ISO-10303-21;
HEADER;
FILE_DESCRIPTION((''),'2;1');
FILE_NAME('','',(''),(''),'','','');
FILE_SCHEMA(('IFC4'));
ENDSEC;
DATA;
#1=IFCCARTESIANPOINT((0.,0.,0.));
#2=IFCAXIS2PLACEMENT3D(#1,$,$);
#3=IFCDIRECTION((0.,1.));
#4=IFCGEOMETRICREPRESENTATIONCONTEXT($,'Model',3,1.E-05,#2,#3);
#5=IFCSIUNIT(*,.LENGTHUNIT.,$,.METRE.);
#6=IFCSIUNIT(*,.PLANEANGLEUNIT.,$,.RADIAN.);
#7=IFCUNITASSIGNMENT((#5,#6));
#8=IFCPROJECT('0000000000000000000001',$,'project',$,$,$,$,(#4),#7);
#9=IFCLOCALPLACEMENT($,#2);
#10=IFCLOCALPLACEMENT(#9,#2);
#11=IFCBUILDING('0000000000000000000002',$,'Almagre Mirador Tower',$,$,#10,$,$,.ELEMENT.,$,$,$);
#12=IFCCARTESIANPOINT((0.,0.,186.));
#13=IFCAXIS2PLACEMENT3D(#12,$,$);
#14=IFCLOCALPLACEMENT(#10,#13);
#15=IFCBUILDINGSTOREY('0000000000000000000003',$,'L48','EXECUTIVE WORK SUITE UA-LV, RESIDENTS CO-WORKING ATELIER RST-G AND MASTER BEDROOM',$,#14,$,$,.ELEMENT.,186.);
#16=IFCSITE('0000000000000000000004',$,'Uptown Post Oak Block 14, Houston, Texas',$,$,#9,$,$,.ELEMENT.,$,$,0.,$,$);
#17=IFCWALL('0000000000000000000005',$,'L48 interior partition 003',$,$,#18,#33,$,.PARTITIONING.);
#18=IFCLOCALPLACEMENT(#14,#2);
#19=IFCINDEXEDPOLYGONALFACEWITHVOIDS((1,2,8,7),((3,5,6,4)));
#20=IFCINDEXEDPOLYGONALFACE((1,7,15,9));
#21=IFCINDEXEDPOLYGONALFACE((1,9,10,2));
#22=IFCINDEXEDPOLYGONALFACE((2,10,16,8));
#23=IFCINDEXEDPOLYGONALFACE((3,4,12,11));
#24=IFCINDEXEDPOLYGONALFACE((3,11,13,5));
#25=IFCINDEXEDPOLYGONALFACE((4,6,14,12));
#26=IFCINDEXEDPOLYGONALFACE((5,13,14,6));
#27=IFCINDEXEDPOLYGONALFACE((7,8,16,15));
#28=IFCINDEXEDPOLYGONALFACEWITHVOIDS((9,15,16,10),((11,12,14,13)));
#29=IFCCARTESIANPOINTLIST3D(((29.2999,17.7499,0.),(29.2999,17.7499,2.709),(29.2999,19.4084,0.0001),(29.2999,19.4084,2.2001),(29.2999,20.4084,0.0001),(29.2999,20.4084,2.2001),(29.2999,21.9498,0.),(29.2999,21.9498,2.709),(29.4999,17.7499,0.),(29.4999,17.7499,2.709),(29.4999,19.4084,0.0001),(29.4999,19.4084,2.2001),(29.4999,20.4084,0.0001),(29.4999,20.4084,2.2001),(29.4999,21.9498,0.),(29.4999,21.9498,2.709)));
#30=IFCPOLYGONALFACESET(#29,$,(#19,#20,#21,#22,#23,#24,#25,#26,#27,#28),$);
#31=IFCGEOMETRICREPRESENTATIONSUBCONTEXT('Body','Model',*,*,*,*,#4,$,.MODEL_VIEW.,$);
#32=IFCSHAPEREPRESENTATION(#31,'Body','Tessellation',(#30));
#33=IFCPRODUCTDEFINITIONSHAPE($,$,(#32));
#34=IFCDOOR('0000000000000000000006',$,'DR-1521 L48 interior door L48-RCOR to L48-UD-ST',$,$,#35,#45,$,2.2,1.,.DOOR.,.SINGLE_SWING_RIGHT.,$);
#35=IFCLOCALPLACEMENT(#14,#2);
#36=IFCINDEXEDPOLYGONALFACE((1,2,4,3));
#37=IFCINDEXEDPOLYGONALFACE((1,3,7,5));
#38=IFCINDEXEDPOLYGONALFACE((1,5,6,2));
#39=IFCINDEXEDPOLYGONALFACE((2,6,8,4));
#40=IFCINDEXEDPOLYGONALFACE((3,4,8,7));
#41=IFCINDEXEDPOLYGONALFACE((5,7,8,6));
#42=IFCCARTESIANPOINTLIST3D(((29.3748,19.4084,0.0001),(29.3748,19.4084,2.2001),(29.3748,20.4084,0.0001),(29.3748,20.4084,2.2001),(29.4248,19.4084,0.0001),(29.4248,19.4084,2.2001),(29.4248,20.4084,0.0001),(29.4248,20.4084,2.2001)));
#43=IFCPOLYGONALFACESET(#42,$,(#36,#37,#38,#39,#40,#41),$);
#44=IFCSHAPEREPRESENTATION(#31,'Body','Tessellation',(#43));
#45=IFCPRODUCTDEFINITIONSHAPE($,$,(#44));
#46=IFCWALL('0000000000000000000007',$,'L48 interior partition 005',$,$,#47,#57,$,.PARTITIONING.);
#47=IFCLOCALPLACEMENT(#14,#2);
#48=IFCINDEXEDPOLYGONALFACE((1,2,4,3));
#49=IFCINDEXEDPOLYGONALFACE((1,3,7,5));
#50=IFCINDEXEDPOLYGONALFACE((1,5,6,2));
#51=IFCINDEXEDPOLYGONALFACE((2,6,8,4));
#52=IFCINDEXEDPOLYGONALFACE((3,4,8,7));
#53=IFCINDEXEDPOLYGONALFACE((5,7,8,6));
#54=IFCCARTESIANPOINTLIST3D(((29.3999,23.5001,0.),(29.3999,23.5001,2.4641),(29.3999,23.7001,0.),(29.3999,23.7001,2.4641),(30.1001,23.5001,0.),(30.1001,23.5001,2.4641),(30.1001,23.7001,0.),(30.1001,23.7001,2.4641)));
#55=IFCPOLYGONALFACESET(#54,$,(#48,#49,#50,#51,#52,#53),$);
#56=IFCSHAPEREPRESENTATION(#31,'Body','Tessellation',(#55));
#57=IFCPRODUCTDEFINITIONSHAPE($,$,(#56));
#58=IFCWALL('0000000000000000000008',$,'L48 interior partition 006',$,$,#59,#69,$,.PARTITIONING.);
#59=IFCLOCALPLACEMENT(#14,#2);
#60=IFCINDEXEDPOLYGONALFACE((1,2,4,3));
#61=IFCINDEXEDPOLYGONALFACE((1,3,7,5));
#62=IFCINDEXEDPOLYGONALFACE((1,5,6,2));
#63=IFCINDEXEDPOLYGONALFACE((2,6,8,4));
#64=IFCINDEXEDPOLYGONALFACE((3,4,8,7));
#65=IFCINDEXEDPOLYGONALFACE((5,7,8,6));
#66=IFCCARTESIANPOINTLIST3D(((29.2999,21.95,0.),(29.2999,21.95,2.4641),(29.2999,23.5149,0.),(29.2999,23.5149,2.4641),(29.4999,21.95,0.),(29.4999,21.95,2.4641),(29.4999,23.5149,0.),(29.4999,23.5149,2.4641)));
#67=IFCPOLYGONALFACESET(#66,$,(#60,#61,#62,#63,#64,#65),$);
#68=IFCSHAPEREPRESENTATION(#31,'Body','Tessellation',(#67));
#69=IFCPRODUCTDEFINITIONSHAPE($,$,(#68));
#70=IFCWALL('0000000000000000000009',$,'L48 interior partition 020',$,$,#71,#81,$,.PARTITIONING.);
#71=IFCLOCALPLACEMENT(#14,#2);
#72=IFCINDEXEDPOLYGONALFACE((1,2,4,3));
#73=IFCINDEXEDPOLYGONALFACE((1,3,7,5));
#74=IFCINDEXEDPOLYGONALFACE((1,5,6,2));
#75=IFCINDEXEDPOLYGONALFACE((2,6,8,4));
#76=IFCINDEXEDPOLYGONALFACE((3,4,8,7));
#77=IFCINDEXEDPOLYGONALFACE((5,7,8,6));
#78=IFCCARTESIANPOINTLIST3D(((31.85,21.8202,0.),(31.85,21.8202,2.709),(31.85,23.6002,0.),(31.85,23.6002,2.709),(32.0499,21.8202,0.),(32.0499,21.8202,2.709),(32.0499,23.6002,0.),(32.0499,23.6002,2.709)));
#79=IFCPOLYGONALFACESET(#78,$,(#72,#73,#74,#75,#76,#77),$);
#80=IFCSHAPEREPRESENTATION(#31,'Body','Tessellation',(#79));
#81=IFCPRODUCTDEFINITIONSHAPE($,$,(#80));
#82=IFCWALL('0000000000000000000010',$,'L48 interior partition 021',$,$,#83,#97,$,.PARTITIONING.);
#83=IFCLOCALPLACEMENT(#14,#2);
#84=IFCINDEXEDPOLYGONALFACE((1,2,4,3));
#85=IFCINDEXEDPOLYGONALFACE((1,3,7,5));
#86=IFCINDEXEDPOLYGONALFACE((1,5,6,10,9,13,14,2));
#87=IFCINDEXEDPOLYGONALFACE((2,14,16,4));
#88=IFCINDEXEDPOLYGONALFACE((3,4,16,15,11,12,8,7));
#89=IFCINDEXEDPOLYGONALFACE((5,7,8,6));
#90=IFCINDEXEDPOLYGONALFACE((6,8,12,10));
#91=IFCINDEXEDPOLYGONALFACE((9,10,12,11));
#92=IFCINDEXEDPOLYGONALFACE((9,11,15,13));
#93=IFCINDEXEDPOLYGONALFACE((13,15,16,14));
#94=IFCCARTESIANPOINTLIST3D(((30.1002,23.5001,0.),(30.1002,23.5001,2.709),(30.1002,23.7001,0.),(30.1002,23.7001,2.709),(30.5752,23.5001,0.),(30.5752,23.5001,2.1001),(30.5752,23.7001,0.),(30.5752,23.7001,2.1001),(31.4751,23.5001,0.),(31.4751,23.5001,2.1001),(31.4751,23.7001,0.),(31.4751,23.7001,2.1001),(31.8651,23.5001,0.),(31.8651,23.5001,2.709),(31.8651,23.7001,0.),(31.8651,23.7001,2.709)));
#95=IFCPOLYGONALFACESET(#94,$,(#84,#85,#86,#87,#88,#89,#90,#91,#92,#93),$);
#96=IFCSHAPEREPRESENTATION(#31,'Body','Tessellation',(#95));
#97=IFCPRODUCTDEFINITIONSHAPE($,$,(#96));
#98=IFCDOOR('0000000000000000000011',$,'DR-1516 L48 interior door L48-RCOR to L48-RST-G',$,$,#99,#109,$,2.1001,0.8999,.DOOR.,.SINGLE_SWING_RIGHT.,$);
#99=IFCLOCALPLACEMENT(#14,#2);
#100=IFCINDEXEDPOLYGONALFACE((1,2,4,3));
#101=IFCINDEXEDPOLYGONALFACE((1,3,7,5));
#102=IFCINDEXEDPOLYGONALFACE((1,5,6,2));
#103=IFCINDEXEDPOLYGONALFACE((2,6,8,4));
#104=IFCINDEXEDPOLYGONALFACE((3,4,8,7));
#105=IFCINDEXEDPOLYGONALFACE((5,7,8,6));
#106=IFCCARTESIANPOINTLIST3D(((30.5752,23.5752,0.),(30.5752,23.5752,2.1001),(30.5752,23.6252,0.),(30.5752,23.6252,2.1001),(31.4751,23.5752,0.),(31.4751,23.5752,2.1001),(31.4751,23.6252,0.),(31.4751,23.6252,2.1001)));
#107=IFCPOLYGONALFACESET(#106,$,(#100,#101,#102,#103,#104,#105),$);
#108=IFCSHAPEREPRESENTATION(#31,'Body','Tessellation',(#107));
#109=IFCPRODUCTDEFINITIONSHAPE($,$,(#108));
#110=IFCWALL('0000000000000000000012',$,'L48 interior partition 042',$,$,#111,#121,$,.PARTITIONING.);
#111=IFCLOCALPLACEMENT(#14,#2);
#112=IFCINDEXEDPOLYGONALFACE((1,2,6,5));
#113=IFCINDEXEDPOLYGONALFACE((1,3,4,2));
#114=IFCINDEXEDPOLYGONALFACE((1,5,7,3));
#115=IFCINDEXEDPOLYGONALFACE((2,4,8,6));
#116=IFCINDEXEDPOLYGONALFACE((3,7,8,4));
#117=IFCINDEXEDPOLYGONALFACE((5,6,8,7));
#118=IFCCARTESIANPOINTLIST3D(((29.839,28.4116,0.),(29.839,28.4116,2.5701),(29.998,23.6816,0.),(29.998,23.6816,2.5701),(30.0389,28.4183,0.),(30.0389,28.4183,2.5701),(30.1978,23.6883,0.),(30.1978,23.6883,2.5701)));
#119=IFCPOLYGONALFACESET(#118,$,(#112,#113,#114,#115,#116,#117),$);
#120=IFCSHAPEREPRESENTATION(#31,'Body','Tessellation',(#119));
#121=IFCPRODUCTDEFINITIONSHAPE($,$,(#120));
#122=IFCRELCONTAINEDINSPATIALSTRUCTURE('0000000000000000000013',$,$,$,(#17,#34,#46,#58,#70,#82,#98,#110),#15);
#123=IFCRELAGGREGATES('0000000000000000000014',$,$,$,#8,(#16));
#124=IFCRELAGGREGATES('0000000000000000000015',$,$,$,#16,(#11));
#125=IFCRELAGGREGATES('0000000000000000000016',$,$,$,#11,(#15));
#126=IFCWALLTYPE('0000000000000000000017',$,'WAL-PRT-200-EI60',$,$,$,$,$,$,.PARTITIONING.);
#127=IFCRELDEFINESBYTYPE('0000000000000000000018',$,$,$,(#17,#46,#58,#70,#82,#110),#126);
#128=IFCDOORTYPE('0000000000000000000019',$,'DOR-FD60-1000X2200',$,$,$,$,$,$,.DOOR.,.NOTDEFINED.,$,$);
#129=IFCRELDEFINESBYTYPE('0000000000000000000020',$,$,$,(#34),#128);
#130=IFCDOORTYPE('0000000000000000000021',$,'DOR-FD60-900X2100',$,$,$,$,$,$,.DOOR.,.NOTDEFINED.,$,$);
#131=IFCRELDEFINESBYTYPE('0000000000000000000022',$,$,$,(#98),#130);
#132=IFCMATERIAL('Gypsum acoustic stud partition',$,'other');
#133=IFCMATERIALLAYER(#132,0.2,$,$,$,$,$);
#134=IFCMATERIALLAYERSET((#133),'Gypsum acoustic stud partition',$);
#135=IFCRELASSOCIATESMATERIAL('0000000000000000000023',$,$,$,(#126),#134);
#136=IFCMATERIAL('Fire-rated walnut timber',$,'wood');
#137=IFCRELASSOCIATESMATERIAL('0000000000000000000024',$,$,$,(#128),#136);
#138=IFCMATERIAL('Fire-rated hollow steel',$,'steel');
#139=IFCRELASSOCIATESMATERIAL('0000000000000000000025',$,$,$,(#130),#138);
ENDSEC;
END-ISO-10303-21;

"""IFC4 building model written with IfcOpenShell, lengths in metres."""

from ifc_helpers import new_model, si_unit, direction, frame, frame_2d, origin, place, context, subcontext, project, spatial, rectangle, extrude, material, layer, layer_set, type_object, element, fill, save


model = new_model("IFC4")

# Units and contexts
model_context = context("Model", 3, precision=1e-05, world=origin(), true_north=direction((0.0, 1.0)))
body_context = subcontext(model_context, "Body", "Model", "MODEL_VIEW")
ifc_project = project(units=[si_unit("LENGTHUNIT", "METRE"), si_unit("PLANEANGLEUNIT", "RADIAN")], contexts=[model_context])

# Site, building, storey
site_placement = place(None, origin())
site = spatial("IfcSite", under=ifc_project, at=site_placement, Name="Uptown Post Oak Block 14, Houston, Texas", CompositionType="ELEMENT", RefElevation=0.0)
building_placement = place(site_placement, origin())
building = spatial("IfcBuilding", under=site, at=building_placement, Name="Almagre Mirador Tower", CompositionType="ELEMENT")
storey_placement = place(building_placement, frame((0.0, 0.0, 186.0)))
storey = spatial("IfcBuildingStorey", under=building, at=storey_placement, Name="L48", Description="EXECUTIVE WORK SUITE UA-LV, RESIDENTS CO-WORKING ATELIER RST-G AND MASTER BEDROOM", CompositionType="ELEMENT", Elevation=186.0)

# Wall, opening, door
ifc_material_1 = material(Name="Gypsum acoustic stud partition", Category="other")
ifc_layer_1 = layer(ifc_material_1, 0.2)
ifc_layer_set_1 = layer_set([ifc_layer_1], Name="Gypsum acoustic stud partition")
wall_type_1 = type_object("IfcWallType", Name="WAL-PRT-200-EI60", PredefinedType="PARTITIONING", material=ifc_layer_set_1)
wall_1_placement = place(storey_placement, frame((29.3999, 21.95, 0.0), z_axis=(0.0, 0.0, 1.0), x_axis=(0.0, -1.0, 0.0)))
wall_1 = element("IfcWall", 1, at=wall_1_placement, inside=storey, type_object=wall_type_1, Name="L48 interior partition 003", PredefinedType="PARTITIONING", context=body_context, shape_type="SweptSolid", body=[
    extrude(rectangle(XDim=4.2, YDim=0.2, at=frame_2d((2.1001, 0.0))), origin(), (0.0, 0.0, 1.0), 2.709),
])
opening_1_placement = place(wall_1_placement, frame((1.5415, 0.0, 0.0)))
opening_1 = element("IfcOpeningElement", 2, at=opening_1_placement, cuts=wall_1, PredefinedType="OPENING", context=body_context, shape_type="SweptSolid", body=[
    extrude(rectangle(XDim=1.0, YDim=2.2, at=frame_2d((0.5, 1.1001))), frame((0.0, 0.1101, 0.0), z_axis=(0.0, -1.0, 0.0), x_axis=(1.0, 0.0, 0.0)), (0.0, 0.0, 1.0), 0.22),
])
ifc_material_2 = material(Name="Fire-rated walnut timber", Category="wood")
door_type_1 = type_object("IfcDoorType", Name="DOR-FD60-1000X2200", OperationType="NOTDEFINED", PredefinedType="DOOR", material=ifc_material_2)
door_1_placement = place(opening_1_placement, origin())
door_1 = element("IfcDoor", 3, at=door_1_placement, inside=storey, type_object=door_type_1, Name="DR-1521 L48 interior door L48-RCOR to L48-UD-ST", OperationType="SINGLE_SWING_RIGHT", OverallHeight=2.2, OverallWidth=1.0, PredefinedType="DOOR", context=body_context, shape_type="SweptSolid", body=[
    extrude(rectangle(XDim=1.0, YDim=2.2, at=frame_2d((0.5, 1.1001))), frame((0.0, 0.0249, 0.0), z_axis=(0.0, -1.0, 0.0), x_axis=(1.0, 0.0, 0.0)), (0.0, 0.0, 1.0), 0.05),
])
fill(opening_1, door_1)

# Walls
wall_2_placement = place(storey_placement, frame((30.1001, 23.6001, 0.0), z_axis=(0.0, 0.0, 1.0), x_axis=(-1.0, 0.0, 0.0)))
element("IfcWall", 4, at=wall_2_placement, inside=storey, type_object=wall_type_1, Name="L48 interior partition 005", PredefinedType="PARTITIONING", context=body_context, shape_type="SweptSolid", body=[
    extrude(rectangle(XDim=0.7002, YDim=0.2, at=frame_2d((0.3501, 0.0))), origin(), (0.0, 0.0, 1.0), 2.4641),
])
wall_3_placement = place(storey_placement, frame((29.3999, 23.5149, 0.0), z_axis=(0.0, 0.0, 1.0), x_axis=(0.0, -1.0, 0.0)))
element("IfcWall", 5, at=wall_3_placement, inside=storey, type_object=wall_type_1, Name="L48 interior partition 006", PredefinedType="PARTITIONING", context=body_context, shape_type="SweptSolid", body=[
    extrude(rectangle(XDim=1.5649, YDim=0.2, at=frame_2d((0.7825, 0.0))), origin(), (0.0, 0.0, 1.0), 2.4641),
])
wall_4_placement = place(storey_placement, frame((31.95, 21.8201, 0.0), z_axis=(0.0, 0.0, 1.0), x_axis=(0.0, 1.0, 0.0)))
element("IfcWall", 6, at=wall_4_placement, inside=storey, type_object=wall_type_1, Name="L48 interior partition 020", PredefinedType="PARTITIONING", context=body_context, shape_type="SweptSolid", body=[
    extrude(rectangle(XDim=1.78, YDim=0.2, at=frame_2d((0.8901, 0.0))), origin(), (0.0, 0.0, 1.0), 2.709),
])

# Wall, opening, door
wall_5_placement = place(storey_placement, frame((31.865, 23.6001, 0.0), z_axis=(0.0, 0.0, 1.0), x_axis=(-1.0, 0.0, 0.0)))
wall_5 = element("IfcWall", 7, at=wall_5_placement, inside=storey, type_object=wall_type_1, Name="L48 interior partition 021", PredefinedType="PARTITIONING", context=body_context, shape_type="SweptSolid", body=[
    extrude(rectangle(XDim=1.7649, YDim=0.2, at=frame_2d((0.8823, 0.0))), origin(), (0.0, 0.0, 1.0), 2.709),
])
opening_2_placement = place(wall_5_placement, frame((0.3899, 0.0, 0.0)))
opening_2 = element("IfcOpeningElement", 8, at=opening_2_placement, cuts=wall_5, PredefinedType="OPENING", context=body_context, shape_type="SweptSolid", body=[
    extrude(rectangle(XDim=0.8999, YDim=2.1001, at=frame_2d((0.45, 1.05))), frame((0.0, 0.1101, 0.0), z_axis=(0.0, -1.0, 0.0), x_axis=(1.0, 0.0, 0.0)), (0.0, 0.0, 1.0), 0.22),
])
ifc_material_3 = material(Name="Fire-rated hollow steel", Category="steel")
door_type_2 = type_object("IfcDoorType", Name="DOR-FD60-900X2100", OperationType="NOTDEFINED", PredefinedType="DOOR", material=ifc_material_3)
door_2_placement = place(opening_2_placement, origin())
door_2 = element("IfcDoor", 9, at=door_2_placement, inside=storey, type_object=door_type_2, Name="DR-1516 L48 interior door L48-RCOR to L48-RST-G", OperationType="SINGLE_SWING_RIGHT", OverallHeight=2.1001, OverallWidth=0.8999, PredefinedType="DOOR", context=body_context, shape_type="SweptSolid", body=[
    extrude(rectangle(XDim=0.8999, YDim=2.1001, at=frame_2d((0.45, 1.05))), frame((0.0, 0.0249, 0.0), z_axis=(0.0, -1.0, 0.0), x_axis=(1.0, 0.0, 0.0)), (0.0, 0.0, 1.0), 0.05),
])
fill(opening_2, door_2)

# Wall
wall_6_placement = place(storey_placement, frame((30.0979, 23.6851, 0.0), z_axis=(0.0, 0.0, 1.0), x_axis=(-0.033583, 0.999436, 0.0)))
element("IfcWall", 10, at=wall_6_placement, inside=storey, type_object=wall_type_1, Name="L48 interior partition 042", PredefinedType="PARTITIONING", context=body_context, shape_type="SweptSolid", body=[
    extrude(rectangle(XDim=4.7327, YDim=0.2, at=frame_2d((2.3662, 0.0))), origin(), (0.0, 0.0, 1.0), 2.5701),
])

save(model, "model.ifc")
